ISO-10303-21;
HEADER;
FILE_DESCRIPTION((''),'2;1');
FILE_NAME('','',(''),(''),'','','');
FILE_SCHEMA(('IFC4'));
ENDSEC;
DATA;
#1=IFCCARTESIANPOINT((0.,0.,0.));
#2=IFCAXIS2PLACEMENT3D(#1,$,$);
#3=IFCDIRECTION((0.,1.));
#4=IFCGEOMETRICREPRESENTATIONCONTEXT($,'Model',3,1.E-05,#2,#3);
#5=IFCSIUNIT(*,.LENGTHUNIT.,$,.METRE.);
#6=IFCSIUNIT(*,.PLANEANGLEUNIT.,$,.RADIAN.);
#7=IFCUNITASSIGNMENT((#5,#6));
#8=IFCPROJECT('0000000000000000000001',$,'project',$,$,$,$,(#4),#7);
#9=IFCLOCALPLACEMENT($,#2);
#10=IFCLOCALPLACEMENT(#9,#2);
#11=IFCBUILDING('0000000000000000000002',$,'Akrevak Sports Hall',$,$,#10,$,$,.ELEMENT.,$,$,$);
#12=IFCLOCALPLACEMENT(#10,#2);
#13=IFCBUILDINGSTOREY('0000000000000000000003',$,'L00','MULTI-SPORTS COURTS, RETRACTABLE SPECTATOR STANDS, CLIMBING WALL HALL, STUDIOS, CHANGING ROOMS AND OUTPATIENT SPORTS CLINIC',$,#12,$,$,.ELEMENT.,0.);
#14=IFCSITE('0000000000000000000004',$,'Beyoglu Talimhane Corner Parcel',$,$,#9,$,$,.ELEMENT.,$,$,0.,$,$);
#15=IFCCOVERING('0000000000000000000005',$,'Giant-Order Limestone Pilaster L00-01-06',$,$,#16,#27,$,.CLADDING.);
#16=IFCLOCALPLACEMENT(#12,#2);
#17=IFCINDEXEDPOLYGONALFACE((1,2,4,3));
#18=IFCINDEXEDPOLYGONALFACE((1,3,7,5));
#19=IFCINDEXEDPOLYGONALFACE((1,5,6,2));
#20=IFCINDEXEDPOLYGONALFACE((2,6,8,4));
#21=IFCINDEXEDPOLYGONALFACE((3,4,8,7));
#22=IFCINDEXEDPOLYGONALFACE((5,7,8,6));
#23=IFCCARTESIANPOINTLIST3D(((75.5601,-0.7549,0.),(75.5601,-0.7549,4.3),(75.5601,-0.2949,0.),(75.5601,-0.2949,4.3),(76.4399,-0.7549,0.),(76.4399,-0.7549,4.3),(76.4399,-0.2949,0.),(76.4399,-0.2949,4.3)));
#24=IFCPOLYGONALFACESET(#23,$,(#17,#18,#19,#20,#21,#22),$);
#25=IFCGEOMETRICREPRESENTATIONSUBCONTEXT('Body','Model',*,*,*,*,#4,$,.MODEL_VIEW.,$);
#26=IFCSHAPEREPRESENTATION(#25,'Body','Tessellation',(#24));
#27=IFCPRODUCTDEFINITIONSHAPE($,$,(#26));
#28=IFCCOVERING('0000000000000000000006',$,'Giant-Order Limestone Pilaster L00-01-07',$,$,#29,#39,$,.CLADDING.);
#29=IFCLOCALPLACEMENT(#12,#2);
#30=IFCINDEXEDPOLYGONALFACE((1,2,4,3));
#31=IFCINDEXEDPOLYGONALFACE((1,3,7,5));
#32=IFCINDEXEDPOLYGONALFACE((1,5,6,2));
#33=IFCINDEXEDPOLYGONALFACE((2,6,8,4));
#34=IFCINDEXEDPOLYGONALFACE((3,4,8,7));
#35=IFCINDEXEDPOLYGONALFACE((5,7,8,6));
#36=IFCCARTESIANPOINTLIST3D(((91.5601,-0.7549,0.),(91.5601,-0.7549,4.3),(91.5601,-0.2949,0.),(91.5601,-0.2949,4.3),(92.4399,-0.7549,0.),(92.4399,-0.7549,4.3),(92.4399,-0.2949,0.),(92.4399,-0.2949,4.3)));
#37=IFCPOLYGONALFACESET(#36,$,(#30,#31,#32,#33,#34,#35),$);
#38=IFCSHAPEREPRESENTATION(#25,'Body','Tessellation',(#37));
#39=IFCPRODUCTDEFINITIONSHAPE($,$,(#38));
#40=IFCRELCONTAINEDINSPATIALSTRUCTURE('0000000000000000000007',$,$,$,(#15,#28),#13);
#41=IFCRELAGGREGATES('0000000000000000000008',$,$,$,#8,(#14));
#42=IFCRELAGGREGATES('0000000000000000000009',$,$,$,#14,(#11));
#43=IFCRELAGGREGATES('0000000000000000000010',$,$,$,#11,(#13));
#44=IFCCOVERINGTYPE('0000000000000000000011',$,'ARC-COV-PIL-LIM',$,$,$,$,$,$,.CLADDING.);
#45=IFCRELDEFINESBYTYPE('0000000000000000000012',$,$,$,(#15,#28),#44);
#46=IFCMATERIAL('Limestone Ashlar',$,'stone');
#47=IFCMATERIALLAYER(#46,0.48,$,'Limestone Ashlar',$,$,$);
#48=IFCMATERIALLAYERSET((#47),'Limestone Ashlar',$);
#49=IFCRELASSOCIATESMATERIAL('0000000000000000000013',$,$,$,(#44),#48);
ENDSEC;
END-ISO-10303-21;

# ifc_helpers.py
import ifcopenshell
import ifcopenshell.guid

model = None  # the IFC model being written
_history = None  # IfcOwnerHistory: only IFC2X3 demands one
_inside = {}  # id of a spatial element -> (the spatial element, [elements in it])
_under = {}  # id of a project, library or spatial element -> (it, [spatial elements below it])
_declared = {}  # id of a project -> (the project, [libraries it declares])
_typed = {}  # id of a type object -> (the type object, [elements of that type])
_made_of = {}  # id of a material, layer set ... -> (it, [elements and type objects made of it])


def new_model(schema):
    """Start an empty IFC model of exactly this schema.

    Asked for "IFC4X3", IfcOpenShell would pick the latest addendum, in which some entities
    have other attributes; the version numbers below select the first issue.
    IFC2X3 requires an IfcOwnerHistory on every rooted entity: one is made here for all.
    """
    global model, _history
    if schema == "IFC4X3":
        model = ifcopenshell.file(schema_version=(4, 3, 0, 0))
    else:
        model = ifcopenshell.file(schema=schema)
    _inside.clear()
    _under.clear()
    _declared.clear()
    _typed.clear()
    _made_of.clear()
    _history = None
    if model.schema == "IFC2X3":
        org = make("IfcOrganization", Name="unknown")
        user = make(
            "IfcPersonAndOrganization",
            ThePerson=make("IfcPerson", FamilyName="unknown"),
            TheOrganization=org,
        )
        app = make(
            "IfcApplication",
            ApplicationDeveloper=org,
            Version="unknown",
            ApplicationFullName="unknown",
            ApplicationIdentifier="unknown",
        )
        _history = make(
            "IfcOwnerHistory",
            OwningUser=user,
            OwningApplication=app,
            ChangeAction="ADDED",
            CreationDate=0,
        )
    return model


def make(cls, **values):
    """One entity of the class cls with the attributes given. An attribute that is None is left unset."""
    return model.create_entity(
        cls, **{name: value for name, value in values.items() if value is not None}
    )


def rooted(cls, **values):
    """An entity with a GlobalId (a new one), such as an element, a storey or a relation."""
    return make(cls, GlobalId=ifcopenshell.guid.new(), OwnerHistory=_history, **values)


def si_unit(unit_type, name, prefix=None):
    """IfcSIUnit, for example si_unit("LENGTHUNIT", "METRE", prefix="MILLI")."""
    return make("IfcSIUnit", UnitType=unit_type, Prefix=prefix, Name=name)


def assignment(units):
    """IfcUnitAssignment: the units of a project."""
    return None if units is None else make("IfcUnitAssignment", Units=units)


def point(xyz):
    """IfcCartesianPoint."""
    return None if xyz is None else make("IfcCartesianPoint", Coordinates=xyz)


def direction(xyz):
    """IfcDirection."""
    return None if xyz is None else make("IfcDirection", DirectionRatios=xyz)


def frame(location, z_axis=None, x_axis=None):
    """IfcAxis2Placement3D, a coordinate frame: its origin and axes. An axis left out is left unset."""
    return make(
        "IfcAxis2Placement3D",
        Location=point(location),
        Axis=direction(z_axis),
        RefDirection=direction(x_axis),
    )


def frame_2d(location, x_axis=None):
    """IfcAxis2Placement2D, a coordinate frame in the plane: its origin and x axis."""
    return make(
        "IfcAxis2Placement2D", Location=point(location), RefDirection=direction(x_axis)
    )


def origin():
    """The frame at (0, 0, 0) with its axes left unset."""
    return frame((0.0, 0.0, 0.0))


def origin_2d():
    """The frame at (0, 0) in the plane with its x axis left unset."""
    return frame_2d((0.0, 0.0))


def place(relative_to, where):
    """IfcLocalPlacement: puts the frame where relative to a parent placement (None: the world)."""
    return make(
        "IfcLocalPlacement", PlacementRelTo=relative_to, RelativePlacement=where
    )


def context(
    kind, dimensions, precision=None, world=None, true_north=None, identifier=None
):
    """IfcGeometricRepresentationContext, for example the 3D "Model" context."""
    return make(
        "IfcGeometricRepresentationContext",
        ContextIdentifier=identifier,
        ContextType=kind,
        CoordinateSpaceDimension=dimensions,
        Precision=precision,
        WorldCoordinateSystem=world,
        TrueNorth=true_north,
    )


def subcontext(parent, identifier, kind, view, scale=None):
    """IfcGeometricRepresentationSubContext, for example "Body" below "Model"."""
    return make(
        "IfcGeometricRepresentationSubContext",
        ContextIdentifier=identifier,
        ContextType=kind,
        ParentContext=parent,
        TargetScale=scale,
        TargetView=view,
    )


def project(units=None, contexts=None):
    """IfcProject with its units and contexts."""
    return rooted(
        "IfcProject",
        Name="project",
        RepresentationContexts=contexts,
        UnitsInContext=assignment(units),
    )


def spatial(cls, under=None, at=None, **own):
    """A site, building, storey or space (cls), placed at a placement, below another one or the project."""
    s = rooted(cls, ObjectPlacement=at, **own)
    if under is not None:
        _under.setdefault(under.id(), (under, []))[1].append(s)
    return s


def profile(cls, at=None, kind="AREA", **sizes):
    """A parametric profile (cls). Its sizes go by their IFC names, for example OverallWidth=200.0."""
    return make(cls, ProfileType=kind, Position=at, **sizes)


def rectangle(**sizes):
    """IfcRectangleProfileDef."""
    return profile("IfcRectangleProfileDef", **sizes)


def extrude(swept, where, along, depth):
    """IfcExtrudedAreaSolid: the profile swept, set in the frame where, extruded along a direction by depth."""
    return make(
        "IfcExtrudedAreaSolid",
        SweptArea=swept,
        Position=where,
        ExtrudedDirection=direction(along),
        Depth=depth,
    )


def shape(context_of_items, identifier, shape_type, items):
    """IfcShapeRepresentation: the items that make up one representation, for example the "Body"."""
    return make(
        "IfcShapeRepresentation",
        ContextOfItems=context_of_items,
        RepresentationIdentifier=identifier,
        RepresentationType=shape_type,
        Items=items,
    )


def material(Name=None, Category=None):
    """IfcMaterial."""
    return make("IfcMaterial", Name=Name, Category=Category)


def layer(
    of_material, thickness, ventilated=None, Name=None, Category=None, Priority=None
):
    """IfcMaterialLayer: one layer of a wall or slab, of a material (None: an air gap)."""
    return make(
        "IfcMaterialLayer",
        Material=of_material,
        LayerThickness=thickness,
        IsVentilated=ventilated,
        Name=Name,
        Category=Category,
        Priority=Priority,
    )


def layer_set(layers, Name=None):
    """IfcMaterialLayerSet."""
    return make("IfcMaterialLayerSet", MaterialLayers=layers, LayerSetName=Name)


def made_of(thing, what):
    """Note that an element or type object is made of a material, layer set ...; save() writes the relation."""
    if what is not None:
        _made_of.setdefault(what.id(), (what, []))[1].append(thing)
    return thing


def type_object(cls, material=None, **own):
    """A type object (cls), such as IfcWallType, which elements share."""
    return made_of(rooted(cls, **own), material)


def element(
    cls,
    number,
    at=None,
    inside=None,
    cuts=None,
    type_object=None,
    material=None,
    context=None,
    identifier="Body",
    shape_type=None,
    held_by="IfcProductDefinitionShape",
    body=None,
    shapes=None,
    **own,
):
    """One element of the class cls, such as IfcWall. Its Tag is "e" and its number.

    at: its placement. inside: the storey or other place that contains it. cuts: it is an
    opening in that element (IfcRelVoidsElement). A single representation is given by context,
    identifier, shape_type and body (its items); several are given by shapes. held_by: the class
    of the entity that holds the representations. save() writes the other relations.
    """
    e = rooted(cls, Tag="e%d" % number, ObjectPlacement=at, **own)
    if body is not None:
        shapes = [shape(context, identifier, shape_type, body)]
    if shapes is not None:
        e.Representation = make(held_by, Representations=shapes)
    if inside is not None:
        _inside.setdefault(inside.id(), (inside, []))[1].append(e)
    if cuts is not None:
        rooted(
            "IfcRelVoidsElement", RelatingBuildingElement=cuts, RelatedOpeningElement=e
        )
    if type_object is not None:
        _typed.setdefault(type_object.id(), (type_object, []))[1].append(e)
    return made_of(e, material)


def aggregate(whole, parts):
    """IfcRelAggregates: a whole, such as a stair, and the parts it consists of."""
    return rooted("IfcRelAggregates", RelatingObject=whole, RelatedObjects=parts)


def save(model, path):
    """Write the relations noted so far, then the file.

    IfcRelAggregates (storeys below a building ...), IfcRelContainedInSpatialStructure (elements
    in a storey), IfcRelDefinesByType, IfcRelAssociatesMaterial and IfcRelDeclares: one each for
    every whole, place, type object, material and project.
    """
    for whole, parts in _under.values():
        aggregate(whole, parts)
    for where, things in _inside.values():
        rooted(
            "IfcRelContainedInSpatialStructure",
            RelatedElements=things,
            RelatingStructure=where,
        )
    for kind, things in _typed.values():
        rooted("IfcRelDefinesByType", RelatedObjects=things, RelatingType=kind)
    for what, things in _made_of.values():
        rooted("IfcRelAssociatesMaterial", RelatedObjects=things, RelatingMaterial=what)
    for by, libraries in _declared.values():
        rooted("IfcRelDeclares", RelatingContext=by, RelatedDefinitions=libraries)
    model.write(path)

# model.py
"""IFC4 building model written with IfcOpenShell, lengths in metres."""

from ifc_helpers import new_model, si_unit, direction, frame, origin, origin_2d, place, context, subcontext, project, spatial, rectangle, extrude, material, layer, layer_set, type_object, element, save


model = new_model("IFC4")

# Units and contexts
model_context = context("Model", 3, precision=1e-05, world=origin(), true_north=direction((0.0, 1.0)))
body_context = subcontext(model_context, "Body", "Model", "MODEL_VIEW")
ifc_project = project(units=[si_unit("LENGTHUNIT", "METRE"), si_unit("PLANEANGLEUNIT", "RADIAN")], contexts=[model_context])

# Site, building, storey
site_placement = place(None, origin())
site = spatial("IfcSite", under=ifc_project, at=site_placement, Name="Beyoglu Talimhane Corner Parcel", CompositionType="ELEMENT", RefElevation=0.0)
building_placement = place(site_placement, origin())
building = spatial("IfcBuilding", under=site, at=building_placement, Name="Akrevak Sports Hall", CompositionType="ELEMENT")
storey_placement = place(building_placement, origin())
storey = spatial("IfcBuildingStorey", under=building, at=storey_placement, Name="L00", Description="MULTI-SPORTS COURTS, RETRACTABLE SPECTATOR STANDS, CLIMBING WALL HALL, STUDIOS, CHANGING ROOMS AND OUTPATIENT SPORTS CLINIC", CompositionType="ELEMENT", Elevation=0.0)

# Shared definitions
ifc_material_1 = material(Name="Limestone Ashlar", Category="stone")

# Coverings
ifc_layer_1 = layer(ifc_material_1, 0.48, Name="Limestone Ashlar")
ifc_layer_set_1 = layer_set([ifc_layer_1], Name="Limestone Ashlar")
covering_type_1 = type_object("IfcCoveringType", Name="ARC-COV-PIL-LIM", PredefinedType="CLADDING", material=ifc_layer_set_1)
for number, where, z_axis, x_axis, name in (
    (1, (76.0, -0.5249, 0.0), (0.0, 0.0, 1.0), (1.0, 0.0, 0.0), "Giant-Order Limestone Pilaster L00-01-06"),
    (2, (92.0, -0.5249, 0.0), (0.0, 0.0, 1.0), (1.0, 0.0, 0.0), "Giant-Order Limestone Pilaster L00-01-07"),
):
    element("IfcCovering", number, at=place(storey_placement, frame(where, z_axis=z_axis, x_axis=x_axis)), inside=storey, type_object=covering_type_1, Name=name, PredefinedType="CLADDING", context=body_context, shape_type="SweptSolid", body=[
        extrude(rectangle(XDim=0.8799, YDim=0.46, at=origin_2d()), origin(), (0.0, 0.0, 1.0), 4.3),
    ])

save(model, "model.ifc")
